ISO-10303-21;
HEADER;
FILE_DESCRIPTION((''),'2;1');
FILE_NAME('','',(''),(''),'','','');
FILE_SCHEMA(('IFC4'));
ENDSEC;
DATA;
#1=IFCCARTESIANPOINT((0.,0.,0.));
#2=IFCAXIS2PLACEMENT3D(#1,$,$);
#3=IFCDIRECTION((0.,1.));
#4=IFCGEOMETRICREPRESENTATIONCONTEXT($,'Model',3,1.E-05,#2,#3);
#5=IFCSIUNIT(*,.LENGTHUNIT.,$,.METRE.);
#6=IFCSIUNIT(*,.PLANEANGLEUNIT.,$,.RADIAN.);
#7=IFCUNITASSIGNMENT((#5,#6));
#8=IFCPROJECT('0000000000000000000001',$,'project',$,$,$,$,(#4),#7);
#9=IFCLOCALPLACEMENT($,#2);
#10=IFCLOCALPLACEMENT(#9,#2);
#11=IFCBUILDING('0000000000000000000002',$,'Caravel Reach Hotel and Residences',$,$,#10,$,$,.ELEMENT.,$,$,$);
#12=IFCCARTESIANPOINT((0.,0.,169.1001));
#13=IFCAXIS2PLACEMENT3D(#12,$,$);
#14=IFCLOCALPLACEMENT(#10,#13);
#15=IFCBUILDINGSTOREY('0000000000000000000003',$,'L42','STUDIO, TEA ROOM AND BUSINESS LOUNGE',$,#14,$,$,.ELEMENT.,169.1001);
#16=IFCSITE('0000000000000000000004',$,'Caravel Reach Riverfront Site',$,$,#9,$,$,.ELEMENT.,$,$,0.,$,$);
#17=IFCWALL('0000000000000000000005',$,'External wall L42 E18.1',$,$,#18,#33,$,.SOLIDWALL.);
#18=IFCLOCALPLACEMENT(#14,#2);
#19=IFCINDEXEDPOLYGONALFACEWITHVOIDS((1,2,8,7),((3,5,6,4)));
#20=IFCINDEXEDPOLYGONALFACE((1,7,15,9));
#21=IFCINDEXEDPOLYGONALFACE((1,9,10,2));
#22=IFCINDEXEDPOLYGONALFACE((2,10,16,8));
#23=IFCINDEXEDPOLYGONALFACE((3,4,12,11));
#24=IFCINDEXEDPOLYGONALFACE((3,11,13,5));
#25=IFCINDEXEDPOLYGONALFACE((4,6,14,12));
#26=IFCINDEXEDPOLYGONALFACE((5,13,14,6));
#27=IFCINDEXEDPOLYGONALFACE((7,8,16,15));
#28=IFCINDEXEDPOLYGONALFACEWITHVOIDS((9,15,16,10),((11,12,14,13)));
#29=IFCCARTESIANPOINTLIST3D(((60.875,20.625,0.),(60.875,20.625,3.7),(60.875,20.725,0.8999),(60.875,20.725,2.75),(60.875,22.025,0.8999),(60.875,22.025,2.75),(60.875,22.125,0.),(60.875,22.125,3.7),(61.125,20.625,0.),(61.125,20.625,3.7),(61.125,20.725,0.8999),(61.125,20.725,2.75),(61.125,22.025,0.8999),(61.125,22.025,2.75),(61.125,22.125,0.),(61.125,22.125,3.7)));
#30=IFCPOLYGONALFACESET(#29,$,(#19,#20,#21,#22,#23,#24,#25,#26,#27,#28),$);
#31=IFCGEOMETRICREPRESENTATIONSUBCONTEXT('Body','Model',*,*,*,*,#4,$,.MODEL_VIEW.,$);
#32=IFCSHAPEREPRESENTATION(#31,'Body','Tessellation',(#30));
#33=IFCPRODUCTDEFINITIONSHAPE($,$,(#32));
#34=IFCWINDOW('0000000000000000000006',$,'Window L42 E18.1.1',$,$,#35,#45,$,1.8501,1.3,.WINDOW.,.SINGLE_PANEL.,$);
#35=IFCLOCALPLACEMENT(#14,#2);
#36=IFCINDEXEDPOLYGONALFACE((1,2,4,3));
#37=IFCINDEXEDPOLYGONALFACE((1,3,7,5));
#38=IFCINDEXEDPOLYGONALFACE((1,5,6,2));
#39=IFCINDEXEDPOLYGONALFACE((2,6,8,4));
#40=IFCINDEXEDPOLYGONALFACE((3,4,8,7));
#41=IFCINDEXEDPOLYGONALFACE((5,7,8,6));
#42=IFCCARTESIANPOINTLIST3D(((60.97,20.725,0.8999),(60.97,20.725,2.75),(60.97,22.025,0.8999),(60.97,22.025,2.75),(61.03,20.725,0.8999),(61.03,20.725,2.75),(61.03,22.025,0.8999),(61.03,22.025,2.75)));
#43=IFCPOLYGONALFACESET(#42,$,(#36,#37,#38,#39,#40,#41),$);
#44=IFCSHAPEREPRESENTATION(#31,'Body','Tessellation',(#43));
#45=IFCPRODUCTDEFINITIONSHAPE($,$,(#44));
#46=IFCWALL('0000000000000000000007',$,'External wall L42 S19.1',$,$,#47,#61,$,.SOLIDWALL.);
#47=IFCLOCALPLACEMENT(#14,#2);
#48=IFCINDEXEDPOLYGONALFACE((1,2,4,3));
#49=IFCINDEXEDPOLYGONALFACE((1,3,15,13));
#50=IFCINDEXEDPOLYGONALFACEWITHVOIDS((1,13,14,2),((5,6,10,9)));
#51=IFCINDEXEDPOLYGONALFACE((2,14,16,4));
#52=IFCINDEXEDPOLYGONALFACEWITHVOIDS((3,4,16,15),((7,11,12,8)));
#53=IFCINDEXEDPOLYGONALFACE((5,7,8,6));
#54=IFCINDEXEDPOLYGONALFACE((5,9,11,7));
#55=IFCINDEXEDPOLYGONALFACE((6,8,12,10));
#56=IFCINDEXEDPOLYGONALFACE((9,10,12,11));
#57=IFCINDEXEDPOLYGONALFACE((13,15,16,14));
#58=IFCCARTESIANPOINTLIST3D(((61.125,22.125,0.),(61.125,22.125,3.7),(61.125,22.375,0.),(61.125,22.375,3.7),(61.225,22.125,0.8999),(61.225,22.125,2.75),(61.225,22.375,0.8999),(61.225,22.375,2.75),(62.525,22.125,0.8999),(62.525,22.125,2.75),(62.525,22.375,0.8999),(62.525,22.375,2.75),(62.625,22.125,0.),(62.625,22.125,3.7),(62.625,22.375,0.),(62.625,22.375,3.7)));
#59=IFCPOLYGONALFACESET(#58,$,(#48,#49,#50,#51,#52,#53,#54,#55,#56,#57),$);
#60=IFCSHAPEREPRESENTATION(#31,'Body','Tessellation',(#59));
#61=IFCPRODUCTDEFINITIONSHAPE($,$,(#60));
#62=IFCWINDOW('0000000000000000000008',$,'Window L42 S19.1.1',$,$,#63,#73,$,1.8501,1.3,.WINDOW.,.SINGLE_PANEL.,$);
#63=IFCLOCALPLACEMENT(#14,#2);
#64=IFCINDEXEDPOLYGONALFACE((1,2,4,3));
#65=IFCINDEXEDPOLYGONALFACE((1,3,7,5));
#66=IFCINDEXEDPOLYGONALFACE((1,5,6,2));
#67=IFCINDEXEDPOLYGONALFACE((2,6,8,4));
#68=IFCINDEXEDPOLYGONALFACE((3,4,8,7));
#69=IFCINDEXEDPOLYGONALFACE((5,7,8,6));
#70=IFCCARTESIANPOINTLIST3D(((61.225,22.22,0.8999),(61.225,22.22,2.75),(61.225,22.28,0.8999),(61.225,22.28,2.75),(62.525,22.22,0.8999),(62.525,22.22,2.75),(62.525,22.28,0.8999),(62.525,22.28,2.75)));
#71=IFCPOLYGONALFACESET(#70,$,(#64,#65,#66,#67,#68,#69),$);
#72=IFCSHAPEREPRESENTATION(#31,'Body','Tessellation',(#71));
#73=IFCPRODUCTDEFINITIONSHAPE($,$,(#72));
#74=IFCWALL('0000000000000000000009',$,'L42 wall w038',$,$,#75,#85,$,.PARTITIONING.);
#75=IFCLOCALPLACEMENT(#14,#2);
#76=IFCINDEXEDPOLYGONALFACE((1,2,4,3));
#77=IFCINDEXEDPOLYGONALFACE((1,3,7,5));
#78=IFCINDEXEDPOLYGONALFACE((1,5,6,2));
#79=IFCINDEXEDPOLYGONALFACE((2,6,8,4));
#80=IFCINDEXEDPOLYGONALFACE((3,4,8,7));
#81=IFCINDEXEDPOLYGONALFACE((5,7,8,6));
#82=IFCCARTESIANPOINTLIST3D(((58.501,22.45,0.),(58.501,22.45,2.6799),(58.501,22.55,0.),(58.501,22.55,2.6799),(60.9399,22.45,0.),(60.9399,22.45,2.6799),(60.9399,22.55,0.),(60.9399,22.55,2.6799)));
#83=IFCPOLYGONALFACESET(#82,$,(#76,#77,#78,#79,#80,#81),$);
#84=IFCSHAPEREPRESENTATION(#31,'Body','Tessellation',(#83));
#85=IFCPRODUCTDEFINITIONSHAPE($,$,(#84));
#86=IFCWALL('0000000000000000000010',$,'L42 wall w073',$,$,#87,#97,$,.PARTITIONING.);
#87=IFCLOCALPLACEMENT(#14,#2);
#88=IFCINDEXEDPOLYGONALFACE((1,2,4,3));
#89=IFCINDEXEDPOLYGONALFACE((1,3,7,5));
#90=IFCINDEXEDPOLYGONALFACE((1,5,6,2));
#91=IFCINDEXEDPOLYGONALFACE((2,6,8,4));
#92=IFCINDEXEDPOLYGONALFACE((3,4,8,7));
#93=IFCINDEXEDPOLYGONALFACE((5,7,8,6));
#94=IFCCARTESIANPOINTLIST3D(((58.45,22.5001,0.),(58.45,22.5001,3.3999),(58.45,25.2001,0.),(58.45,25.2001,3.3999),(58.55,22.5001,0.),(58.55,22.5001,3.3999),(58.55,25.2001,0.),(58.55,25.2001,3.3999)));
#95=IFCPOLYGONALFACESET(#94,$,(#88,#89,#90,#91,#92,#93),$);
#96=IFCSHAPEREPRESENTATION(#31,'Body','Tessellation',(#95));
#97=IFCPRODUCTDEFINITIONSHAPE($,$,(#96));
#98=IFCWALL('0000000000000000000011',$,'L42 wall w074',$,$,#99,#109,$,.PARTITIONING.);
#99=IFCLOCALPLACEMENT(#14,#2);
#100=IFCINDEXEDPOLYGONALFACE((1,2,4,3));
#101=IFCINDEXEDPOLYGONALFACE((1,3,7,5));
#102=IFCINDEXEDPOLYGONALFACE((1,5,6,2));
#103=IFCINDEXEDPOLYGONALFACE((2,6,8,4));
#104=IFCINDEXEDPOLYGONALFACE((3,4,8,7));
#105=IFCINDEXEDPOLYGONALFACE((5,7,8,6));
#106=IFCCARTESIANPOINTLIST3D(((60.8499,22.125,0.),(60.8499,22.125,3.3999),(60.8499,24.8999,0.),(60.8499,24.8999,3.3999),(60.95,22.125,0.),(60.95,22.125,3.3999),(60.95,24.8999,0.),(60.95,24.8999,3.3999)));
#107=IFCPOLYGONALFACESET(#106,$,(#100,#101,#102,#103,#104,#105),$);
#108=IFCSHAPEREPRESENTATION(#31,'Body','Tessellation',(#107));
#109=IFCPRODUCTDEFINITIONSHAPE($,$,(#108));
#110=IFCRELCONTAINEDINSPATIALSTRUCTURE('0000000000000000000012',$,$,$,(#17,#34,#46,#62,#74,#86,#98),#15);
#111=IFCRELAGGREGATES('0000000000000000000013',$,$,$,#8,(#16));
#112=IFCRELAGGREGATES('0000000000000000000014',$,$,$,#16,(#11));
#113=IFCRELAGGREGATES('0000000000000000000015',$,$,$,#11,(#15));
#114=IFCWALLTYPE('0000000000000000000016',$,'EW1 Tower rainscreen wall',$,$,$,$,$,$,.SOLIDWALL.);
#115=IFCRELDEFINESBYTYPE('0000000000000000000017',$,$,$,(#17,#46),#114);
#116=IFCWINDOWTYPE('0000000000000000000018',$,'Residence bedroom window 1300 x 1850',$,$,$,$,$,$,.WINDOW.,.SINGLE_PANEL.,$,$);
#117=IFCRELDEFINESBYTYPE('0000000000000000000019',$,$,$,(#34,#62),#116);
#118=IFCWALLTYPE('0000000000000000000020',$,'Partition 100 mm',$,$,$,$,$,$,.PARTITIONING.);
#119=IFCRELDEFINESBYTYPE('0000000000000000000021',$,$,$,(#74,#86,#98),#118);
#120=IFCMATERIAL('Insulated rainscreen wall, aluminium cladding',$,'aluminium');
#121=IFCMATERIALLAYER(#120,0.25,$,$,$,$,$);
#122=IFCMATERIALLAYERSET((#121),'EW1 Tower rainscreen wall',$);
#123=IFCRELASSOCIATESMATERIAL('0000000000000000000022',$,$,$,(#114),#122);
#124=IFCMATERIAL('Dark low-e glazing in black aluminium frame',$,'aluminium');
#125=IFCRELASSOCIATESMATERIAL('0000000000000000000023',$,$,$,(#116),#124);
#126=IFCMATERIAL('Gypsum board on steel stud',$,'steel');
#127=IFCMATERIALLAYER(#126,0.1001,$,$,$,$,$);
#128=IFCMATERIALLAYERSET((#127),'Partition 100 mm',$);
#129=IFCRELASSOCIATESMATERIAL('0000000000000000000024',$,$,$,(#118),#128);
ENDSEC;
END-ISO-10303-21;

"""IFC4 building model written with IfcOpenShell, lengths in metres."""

from ifc_helpers import new_model, si_unit, direction, frame, frame_2d, origin, place, context, subcontext, project, spatial, rectangle, extrude, material, layer, layer_set, type_object, element, fill, save


model = new_model("IFC4")

# Units and contexts
model_context = context("Model", 3, precision=1e-05, world=origin(), true_north=direction((0.0, 1.0)))
body_context = subcontext(model_context, "Body", "Model", "MODEL_VIEW")
ifc_project = project(units=[si_unit("LENGTHUNIT", "METRE"), si_unit("PLANEANGLEUNIT", "RADIAN")], contexts=[model_context])

# Site, building, storey
site_placement = place(None, origin())
site = spatial("IfcSite", under=ifc_project, at=site_placement, Name="Caravel Reach Riverfront Site", CompositionType="ELEMENT", RefElevation=0.0)
building_placement = place(site_placement, origin())
building = spatial("IfcBuilding", under=site, at=building_placement, Name="Caravel Reach Hotel and Residences", CompositionType="ELEMENT")
storey_placement = place(building_placement, frame((0.0, 0.0, 169.1001)))
storey = spatial("IfcBuildingStorey", under=building, at=storey_placement, Name="L42", Description="STUDIO, TEA ROOM AND BUSINESS LOUNGE", CompositionType="ELEMENT", Elevation=169.1001)

# Shared definitions
ifc_material_1 = material(Name="Insulated rainscreen wall, aluminium cladding", Category="aluminium")
ifc_layer_1 = layer(ifc_material_1, 0.25)
ifc_layer_set_1 = layer_set([ifc_layer_1], Name="EW1 Tower rainscreen wall")
wall_type_1 = type_object("IfcWallType", Name="EW1 Tower rainscreen wall", PredefinedType="SOLIDWALL", material=ifc_layer_set_1)

# Walls, openings, windows
ifc_material_2 = material(Name="Dark low-e glazing in black aluminium frame", Category="aluminium")
window_type_1 = type_object("IfcWindowType", Name="Residence bedroom window 1300 x 1850", PartitioningType="SINGLE_PANEL", PredefinedType="WINDOW", material=ifc_material_2)
wall_1_placement = place(storey_placement, frame((61.0, 20.625, 0.0), z_axis=(0.0, 0.0, 1.0), x_axis=(0.0, 1.0, 0.0)))
wall_1 = element("IfcWall", 1, at=wall_1_placement, inside=storey, type_object=wall_type_1, Name="External wall L42 E18.1", PredefinedType="SOLIDWALL", context=body_context, shape_type="SweptSolid", body=[
    extrude(rectangle(XDim=1.5, YDim=0.25, at=frame_2d((0.75, 0.0))), origin(), (0.0, 0.0, 1.0), 3.7),
])
opening_1_placement = place(wall_1_placement, frame((0.1001, 0.0, 0.8999)))
opening_1 = element("IfcOpeningElement", 2, at=opening_1_placement, cuts=wall_1, PredefinedType="OPENING", context=body_context, shape_type="SweptSolid", body=[
    extrude(rectangle(XDim=1.3, YDim=1.8501, at=frame_2d((0.6499, 0.925))), frame((0.0, 0.135, 0.0), z_axis=(0.0, -1.0, 0.0), x_axis=(1.0, 0.0, 0.0)), (0.0, 0.0, 1.0), 0.27),
])
window_1_placement = place(opening_1_placement, origin())
window_1 = element("IfcWindow", 3, at=window_1_placement, inside=storey, type_object=window_type_1, Name="Window L42 E18.1.1", OverallHeight=1.8501, OverallWidth=1.3, PartitioningType="SINGLE_PANEL", PredefinedType="WINDOW", context=body_context, shape_type="SweptSolid", body=[
    extrude(rectangle(XDim=1.3, YDim=1.8501, at=frame_2d((0.6499, 0.925))), frame((0.0, 0.03, 0.0), z_axis=(0.0, -1.0, 0.0), x_axis=(1.0, 0.0, 0.0)), (0.0, 0.0, 1.0), 0.0601),
])
fill(opening_1, window_1)
wall_2_placement = place(storey_placement, frame((61.125, 22.25, 0.0), z_axis=(0.0, 0.0, 1.0), x_axis=(1.0, 0.0, 0.0)))
wall_2 = element("IfcWall", 4, at=wall_2_placement, inside=storey, type_object=wall_type_1, Name="External wall L42 S19.1", PredefinedType="SOLIDWALL", context=body_context, shape_type="SweptSolid", body=[
    extrude(rectangle(XDim=1.5, YDim=0.25, at=frame_2d((0.75, 0.0))), origin(), (0.0, 0.0, 1.0), 3.7),
])
opening_2_placement = place(wall_2_placement, frame((0.1001, 0.0, 0.8999)))
opening_2 = element("IfcOpeningElement", 5, at=opening_2_placement, cuts=wall_2, PredefinedType="OPENING", context=body_context, shape_type="SweptSolid", body=[
    extrude(rectangle(XDim=1.3, YDim=1.8501, at=frame_2d((0.6499, 0.925))), frame((0.0, 0.135, 0.0), z_axis=(0.0, -1.0, 0.0), x_axis=(1.0, 0.0, 0.0)), (0.0, 0.0, 1.0), 0.27),
])
window_2_placement = place(opening_2_placement, origin())
window_2 = element("IfcWindow", 6, at=window_2_placement, inside=storey, type_object=window_type_1, Name="Window L42 S19.1.1", OverallHeight=1.8501, OverallWidth=1.3, PartitioningType="SINGLE_PANEL", PredefinedType="WINDOW", context=body_context, shape_type="SweptSolid", body=[
    extrude(rectangle(XDim=1.3, YDim=1.8501, at=frame_2d((0.6499, 0.925))), frame((0.0, 0.03, 0.0), z_axis=(0.0, -1.0, 0.0), x_axis=(1.0, 0.0, 0.0)), (0.0, 0.0, 1.0), 0.0601),
])
fill(opening_2, window_2)

# Walls
ifc_material_3 = material(Name="Gypsum board on steel stud", Category="steel")
ifc_layer_2 = layer(ifc_material_3, 0.1001)
ifc_layer_set_2 = layer_set([ifc_layer_2], Name="Partition 100 mm")
wall_type_2 = type_object("IfcWallType", Name="Partition 100 mm", PredefinedType="PARTITIONING", material=ifc_layer_set_2)
wall_3_placement = place(storey_placement, frame((58.501, 22.5, 0.0), z_axis=(0.0, 0.0, 1.0), x_axis=(1.0, 0.0, 0.0)))
element("IfcWall", 7, at=wall_3_placement, inside=storey, type_object=wall_type_2, Name="L42 wall w038", PredefinedType="PARTITIONING", context=body_context, shape_type="SweptSolid", body=[
    extrude(rectangle(XDim=2.439, YDim=0.1001, at=frame_2d((1.2195, 0.0))), origin(), (0.0, 0.0, 1.0), 2.6799),
])
wall_4_placement = place(storey_placement, frame((58.5, 22.5, 0.0), z_axis=(0.0, 0.0, 1.0), x_axis=(0.0, 1.0, 0.0)))
element("IfcWall", 8, at=wall_4_placement, inside=storey, type_object=wall_type_2, Name="L42 wall w073", PredefinedType="PARTITIONING", context=body_context, shape_type="SweptSolid", body=[
    extrude(rectangle(XDim=2.7, YDim=0.1001, at=frame_2d((1.3501, 0.0))), origin(), (0.0, 0.0, 1.0), 3.3999),
])
wall_5_placement = place(storey_placement, frame((60.8999, 22.125, 0.0), z_axis=(0.0, 0.0, 1.0), x_axis=(0.0, 1.0, 0.0)))
element("IfcWall", 9, at=wall_5_placement, inside=storey, type_object=wall_type_2, Name="L42 wall w074", PredefinedType="PARTITIONING", context=body_context, shape_type="SweptSolid", body=[
    extrude(rectangle(XDim=2.7749, YDim=0.1001, at=frame_2d((1.3875, 0.0))), origin(), (0.0, 0.0, 1.0), 3.3999),
])

save(model, "model.ifc")
